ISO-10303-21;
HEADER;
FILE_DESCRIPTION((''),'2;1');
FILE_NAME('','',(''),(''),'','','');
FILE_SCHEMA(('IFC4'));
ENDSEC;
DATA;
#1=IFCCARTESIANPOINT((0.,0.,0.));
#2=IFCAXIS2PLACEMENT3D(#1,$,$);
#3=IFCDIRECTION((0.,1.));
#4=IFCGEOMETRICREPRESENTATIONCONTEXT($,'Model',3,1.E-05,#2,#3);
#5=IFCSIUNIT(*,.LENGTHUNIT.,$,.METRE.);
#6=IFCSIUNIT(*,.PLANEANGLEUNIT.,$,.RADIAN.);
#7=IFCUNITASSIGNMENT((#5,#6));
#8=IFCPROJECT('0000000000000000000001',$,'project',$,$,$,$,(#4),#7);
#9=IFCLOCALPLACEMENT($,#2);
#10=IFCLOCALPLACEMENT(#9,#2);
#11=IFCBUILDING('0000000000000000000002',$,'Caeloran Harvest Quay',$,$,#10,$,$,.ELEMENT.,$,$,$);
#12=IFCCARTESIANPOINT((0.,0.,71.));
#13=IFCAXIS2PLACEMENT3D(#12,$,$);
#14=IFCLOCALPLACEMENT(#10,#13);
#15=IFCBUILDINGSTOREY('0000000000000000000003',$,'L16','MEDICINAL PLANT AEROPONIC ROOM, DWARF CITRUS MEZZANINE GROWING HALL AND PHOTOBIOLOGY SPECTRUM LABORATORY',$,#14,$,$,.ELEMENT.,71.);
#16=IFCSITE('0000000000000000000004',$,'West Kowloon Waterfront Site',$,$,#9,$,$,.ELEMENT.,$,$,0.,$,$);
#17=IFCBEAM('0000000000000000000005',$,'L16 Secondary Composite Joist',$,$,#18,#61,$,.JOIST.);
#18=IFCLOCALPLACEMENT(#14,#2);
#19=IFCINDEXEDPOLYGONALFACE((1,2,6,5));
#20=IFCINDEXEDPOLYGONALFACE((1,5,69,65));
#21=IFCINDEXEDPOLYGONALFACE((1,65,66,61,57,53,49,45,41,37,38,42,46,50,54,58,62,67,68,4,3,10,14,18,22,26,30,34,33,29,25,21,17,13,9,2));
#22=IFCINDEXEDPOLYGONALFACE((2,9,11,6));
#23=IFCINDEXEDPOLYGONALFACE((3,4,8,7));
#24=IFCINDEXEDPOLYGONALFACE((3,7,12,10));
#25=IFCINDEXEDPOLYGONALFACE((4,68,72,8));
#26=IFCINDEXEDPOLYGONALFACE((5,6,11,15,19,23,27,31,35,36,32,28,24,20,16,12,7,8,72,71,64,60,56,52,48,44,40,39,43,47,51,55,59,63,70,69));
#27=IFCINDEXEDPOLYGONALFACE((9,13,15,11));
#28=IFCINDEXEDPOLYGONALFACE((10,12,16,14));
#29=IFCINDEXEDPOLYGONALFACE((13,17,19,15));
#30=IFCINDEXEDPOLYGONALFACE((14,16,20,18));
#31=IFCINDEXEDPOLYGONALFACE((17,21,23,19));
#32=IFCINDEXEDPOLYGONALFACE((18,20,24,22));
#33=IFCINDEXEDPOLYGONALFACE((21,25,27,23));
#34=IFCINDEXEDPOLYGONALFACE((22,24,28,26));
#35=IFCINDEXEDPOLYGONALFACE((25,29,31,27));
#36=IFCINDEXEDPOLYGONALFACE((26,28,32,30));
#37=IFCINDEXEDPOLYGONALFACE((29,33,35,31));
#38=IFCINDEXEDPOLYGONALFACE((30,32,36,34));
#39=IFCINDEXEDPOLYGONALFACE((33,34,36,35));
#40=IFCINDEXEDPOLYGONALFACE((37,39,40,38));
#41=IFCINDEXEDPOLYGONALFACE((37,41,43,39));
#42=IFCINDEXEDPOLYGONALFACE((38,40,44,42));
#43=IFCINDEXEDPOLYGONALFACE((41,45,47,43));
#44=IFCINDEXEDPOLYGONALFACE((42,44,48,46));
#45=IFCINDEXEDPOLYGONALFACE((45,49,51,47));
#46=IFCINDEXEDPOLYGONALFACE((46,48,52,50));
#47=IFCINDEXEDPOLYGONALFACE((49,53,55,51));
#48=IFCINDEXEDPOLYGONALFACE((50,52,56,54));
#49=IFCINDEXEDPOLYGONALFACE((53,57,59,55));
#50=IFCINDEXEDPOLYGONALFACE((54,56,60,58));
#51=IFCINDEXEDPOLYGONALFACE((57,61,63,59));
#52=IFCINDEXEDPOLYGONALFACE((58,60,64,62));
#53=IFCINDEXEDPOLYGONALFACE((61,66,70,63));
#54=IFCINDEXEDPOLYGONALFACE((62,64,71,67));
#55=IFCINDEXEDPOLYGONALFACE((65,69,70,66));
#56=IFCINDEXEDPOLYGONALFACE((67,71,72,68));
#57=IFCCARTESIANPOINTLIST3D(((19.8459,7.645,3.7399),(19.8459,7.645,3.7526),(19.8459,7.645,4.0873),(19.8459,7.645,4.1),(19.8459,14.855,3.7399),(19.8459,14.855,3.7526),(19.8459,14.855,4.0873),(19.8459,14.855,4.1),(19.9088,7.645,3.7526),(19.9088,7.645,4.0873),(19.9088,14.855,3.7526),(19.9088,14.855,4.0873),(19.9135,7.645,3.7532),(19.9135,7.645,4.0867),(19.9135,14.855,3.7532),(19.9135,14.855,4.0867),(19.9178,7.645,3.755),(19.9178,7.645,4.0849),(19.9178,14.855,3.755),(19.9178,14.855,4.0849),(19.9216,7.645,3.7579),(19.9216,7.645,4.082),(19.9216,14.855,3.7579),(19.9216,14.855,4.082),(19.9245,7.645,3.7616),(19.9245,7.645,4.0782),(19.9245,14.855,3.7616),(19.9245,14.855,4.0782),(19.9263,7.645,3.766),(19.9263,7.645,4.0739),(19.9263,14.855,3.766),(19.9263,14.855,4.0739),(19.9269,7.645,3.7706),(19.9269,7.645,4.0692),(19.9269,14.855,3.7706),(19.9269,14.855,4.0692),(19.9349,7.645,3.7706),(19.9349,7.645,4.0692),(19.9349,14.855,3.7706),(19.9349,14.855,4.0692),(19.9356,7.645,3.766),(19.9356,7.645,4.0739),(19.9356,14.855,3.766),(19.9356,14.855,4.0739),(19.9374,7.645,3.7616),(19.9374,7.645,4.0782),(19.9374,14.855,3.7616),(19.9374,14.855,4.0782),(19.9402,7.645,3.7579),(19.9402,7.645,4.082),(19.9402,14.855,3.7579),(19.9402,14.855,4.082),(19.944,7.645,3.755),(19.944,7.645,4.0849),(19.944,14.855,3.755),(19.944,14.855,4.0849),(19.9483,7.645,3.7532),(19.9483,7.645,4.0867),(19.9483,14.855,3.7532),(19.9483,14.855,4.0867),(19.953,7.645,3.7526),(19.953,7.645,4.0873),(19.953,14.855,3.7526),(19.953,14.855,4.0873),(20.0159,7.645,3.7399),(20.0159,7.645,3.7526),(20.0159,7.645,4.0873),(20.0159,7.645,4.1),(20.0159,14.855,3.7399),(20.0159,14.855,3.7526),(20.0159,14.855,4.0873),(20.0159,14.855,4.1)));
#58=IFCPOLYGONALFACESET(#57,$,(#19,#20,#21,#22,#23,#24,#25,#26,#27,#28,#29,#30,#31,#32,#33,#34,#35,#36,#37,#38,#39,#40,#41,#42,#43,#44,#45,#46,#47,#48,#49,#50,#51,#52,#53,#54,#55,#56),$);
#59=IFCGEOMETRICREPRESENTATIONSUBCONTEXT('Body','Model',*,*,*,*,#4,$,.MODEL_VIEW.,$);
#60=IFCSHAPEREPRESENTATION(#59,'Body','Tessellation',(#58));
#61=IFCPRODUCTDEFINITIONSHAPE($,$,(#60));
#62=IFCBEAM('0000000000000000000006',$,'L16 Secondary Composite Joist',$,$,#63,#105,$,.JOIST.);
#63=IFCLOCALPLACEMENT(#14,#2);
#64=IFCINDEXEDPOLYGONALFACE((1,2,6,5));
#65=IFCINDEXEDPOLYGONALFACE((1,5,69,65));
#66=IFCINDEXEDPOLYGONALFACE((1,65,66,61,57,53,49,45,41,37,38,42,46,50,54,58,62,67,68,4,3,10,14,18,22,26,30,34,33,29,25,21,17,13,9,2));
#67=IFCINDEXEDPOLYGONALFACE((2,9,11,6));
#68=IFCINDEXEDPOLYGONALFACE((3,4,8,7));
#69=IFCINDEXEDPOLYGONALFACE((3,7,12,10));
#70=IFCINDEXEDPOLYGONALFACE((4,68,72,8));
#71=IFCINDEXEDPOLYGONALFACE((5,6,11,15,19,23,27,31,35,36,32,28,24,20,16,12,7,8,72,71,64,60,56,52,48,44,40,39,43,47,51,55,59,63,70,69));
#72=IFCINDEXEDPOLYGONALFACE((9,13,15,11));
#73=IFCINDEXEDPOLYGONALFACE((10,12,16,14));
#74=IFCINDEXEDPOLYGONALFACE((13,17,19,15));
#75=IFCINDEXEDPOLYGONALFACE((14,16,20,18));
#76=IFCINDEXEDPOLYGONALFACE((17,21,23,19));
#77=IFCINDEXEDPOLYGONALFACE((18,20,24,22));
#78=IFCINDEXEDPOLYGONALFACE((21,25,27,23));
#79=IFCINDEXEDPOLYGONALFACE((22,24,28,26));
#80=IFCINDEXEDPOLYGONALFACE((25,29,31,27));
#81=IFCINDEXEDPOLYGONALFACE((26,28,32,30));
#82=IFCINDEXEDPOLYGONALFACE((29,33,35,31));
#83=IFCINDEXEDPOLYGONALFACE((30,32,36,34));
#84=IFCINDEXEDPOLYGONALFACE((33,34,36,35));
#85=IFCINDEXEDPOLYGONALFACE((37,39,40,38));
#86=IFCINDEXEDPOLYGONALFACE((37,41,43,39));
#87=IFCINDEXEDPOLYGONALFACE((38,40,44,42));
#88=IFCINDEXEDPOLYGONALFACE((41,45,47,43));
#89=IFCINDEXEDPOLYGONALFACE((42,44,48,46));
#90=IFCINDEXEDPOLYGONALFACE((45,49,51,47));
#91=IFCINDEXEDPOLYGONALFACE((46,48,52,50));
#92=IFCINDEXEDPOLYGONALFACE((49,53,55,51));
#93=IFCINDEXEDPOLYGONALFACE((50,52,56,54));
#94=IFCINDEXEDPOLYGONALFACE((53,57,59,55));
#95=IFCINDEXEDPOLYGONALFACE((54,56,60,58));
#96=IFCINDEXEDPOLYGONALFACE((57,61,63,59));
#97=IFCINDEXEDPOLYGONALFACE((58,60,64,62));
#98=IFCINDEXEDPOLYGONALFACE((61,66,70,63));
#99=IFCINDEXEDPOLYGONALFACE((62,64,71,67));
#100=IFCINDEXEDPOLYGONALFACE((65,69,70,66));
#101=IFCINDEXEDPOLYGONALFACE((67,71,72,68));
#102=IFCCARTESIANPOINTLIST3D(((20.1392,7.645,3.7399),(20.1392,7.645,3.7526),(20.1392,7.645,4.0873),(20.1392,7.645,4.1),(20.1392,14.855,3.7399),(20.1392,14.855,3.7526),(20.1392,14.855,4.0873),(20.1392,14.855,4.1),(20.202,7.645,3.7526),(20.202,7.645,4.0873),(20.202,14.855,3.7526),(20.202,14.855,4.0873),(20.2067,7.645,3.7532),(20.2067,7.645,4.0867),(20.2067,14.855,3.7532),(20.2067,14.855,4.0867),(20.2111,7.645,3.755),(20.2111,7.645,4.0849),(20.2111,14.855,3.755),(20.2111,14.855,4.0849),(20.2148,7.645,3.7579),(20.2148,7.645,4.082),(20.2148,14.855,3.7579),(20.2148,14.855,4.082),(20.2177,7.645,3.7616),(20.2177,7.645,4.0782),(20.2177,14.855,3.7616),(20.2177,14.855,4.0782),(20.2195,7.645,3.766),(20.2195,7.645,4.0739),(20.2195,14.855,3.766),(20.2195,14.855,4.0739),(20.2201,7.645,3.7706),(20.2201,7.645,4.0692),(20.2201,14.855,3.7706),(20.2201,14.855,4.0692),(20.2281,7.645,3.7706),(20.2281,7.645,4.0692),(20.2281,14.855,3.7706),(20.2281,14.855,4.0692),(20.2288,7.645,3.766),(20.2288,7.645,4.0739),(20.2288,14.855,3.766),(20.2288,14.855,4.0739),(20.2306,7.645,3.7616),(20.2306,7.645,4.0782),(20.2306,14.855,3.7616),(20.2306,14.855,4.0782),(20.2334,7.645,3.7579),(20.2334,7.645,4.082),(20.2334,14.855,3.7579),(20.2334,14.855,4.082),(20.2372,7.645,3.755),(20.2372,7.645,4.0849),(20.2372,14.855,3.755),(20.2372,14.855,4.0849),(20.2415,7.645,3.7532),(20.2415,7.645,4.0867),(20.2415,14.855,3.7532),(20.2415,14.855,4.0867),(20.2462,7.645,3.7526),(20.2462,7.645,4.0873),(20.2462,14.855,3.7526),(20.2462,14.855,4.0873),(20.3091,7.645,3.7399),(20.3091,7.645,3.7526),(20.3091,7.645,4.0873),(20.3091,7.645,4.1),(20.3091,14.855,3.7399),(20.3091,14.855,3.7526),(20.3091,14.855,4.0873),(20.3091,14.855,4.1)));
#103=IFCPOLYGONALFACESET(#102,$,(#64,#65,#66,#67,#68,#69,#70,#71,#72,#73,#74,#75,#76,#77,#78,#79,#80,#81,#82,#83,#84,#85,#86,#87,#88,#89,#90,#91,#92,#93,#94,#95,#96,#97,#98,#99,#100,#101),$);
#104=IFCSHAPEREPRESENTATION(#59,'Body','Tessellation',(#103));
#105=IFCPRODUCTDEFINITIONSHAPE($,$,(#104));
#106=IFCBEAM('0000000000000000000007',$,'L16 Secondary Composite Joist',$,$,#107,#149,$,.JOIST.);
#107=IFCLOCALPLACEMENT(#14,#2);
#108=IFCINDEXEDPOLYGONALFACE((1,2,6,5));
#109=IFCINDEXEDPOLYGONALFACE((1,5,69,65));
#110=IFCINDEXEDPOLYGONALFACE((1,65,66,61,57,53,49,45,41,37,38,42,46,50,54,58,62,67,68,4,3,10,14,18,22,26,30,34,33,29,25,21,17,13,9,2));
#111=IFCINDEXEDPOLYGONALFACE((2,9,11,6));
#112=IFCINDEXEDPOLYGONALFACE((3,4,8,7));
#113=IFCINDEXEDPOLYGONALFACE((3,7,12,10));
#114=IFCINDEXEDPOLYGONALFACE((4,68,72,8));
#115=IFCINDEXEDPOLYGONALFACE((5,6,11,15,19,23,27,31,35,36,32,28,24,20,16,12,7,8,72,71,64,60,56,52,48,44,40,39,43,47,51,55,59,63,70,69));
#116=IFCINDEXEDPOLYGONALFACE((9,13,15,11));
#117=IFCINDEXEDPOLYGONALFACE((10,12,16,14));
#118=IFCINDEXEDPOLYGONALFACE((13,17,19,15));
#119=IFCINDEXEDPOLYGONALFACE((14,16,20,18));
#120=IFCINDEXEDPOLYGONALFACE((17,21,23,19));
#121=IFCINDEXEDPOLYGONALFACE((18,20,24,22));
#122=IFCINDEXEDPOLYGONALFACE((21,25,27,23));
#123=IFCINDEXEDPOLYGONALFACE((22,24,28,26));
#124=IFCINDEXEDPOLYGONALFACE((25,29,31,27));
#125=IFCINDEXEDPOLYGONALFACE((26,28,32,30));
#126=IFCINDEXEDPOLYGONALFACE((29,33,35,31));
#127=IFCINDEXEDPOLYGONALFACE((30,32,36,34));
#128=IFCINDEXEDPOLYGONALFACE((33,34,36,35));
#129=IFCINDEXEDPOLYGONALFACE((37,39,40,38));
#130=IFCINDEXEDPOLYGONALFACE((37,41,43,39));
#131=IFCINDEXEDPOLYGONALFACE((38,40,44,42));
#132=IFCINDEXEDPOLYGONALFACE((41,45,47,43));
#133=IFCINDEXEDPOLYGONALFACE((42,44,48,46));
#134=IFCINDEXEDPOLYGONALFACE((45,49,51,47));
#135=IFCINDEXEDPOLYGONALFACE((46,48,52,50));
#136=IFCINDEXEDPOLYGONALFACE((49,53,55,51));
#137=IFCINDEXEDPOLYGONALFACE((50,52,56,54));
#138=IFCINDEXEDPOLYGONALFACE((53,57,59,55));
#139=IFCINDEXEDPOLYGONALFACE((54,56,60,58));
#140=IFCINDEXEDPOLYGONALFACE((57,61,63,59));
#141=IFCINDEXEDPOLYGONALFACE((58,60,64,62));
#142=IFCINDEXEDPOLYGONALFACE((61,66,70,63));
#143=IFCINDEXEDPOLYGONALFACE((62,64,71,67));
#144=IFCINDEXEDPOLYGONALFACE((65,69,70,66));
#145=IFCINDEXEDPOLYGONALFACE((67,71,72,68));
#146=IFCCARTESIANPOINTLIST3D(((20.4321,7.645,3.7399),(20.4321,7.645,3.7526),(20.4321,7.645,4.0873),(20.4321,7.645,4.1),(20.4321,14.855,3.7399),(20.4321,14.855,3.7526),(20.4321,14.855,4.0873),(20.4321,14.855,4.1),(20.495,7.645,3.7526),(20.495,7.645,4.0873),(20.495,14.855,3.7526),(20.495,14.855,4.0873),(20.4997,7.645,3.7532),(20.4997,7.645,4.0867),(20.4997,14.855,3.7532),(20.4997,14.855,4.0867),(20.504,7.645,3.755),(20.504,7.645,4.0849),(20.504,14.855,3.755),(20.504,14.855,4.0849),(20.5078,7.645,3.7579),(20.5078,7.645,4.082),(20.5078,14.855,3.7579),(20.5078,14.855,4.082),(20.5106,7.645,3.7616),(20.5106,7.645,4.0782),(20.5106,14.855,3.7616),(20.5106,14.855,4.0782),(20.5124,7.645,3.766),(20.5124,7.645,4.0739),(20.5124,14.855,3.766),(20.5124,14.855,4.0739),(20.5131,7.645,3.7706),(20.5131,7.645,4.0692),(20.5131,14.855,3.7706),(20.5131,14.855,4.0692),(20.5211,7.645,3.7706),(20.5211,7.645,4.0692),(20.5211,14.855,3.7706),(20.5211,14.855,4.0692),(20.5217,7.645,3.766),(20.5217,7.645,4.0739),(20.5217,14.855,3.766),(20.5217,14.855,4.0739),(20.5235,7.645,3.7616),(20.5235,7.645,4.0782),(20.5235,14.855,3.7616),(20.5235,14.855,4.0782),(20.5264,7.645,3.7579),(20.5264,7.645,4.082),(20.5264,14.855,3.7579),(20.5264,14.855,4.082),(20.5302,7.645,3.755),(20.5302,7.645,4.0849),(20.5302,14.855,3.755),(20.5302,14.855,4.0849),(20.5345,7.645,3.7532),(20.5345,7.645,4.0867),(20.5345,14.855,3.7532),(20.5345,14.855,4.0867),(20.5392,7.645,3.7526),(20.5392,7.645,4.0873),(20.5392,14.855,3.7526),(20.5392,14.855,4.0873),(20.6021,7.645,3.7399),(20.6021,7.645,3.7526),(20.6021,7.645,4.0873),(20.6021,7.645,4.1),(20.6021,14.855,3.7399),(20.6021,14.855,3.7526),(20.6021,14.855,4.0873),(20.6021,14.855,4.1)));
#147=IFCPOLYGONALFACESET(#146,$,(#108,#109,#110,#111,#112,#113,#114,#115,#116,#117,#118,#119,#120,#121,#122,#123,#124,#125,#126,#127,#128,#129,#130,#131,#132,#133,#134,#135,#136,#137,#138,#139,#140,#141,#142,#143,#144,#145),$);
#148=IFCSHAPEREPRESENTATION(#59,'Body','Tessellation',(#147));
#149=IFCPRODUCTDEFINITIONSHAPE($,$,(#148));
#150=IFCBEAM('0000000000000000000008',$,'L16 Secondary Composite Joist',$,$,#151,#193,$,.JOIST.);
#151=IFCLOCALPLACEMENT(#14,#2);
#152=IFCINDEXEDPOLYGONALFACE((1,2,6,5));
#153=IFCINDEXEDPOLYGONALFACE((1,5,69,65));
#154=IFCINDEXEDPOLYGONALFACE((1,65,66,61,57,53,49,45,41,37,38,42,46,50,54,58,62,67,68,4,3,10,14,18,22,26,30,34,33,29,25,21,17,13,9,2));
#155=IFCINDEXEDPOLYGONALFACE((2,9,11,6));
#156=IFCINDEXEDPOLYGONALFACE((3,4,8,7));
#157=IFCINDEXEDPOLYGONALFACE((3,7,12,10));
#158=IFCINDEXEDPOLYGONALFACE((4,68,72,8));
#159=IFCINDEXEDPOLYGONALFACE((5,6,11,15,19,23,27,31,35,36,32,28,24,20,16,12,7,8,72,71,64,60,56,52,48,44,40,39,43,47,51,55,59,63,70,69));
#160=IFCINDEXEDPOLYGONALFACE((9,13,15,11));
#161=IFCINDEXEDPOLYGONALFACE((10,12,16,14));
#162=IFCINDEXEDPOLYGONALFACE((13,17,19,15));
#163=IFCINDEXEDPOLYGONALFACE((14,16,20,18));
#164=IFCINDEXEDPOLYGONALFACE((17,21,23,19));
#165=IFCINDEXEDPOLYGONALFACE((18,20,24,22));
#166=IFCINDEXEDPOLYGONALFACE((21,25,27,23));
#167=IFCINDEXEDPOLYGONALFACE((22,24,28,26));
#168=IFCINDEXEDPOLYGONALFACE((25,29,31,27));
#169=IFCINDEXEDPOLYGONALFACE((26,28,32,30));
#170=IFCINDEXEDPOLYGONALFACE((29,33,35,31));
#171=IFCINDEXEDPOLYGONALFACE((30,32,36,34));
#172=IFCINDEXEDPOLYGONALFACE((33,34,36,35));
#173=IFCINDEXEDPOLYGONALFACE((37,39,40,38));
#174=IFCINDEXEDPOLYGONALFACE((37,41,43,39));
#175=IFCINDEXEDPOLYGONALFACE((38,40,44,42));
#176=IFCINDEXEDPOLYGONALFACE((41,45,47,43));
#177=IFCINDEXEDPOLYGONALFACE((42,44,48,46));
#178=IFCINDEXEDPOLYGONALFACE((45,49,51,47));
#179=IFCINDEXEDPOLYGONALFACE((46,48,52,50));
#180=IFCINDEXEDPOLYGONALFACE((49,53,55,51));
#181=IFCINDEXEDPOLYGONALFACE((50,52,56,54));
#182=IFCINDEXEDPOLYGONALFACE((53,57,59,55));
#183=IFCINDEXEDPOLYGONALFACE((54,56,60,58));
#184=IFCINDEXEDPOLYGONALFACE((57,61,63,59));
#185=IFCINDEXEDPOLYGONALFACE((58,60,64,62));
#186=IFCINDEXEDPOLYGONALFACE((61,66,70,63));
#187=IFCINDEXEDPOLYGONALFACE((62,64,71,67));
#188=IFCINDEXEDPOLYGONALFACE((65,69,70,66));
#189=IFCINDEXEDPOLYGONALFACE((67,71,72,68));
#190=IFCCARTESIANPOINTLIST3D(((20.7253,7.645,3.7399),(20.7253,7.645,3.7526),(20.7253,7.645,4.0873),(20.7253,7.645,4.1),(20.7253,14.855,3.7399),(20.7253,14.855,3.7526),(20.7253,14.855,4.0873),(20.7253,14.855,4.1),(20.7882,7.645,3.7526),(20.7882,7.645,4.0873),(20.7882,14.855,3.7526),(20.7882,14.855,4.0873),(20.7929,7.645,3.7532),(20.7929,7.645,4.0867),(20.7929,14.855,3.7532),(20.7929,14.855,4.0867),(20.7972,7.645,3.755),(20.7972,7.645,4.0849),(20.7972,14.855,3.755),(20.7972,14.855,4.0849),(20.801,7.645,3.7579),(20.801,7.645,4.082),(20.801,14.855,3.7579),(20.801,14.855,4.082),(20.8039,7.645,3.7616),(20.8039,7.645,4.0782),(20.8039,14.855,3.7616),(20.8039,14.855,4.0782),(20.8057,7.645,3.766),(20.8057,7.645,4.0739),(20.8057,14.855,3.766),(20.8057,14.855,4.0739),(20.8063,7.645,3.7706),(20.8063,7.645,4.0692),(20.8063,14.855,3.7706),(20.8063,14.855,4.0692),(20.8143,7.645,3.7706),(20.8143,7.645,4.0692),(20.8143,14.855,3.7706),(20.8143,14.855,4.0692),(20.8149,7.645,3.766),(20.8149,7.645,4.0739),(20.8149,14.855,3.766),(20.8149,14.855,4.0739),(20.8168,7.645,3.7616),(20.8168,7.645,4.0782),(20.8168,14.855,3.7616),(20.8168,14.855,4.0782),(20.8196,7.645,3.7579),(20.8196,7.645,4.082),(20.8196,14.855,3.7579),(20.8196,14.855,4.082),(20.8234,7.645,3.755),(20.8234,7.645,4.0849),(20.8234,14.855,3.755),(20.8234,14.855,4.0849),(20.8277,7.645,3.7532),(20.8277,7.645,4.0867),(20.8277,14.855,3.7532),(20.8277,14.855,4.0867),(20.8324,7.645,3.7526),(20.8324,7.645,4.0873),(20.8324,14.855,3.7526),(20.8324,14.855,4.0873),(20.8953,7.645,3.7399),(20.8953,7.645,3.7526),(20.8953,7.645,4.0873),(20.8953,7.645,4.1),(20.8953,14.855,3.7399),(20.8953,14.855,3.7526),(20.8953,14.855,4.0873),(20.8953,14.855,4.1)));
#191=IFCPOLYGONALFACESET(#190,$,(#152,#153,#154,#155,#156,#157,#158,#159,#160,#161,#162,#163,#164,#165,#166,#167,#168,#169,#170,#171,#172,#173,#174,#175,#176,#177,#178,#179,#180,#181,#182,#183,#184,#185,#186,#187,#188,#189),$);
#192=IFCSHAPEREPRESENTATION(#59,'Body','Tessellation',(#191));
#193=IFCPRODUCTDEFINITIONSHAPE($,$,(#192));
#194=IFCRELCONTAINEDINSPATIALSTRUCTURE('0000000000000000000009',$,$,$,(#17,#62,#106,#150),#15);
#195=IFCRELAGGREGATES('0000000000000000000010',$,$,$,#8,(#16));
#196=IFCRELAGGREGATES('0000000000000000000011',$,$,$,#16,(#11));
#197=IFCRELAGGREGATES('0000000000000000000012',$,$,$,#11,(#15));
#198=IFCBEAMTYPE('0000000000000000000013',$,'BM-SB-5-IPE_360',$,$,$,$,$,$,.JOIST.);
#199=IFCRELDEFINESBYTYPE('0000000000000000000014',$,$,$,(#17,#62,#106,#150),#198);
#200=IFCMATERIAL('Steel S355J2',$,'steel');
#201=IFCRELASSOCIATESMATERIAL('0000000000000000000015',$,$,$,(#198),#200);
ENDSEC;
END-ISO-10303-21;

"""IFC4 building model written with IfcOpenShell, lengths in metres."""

from ifc_helpers import new_model, si_unit, direction, frame, origin, origin_2d, place, context, subcontext, project, spatial, i_section, extrude, material, material_profile, profile_set, type_object, element, save


model = new_model("IFC4")

# Units and contexts
model_context = context("Model", 3, precision=1e-05, world=origin(), true_north=direction((0.0, 1.0)))
body_context = subcontext(model_context, "Body", "Model", "MODEL_VIEW")
ifc_project = project(units=[si_unit("LENGTHUNIT", "METRE"), si_unit("PLANEANGLEUNIT", "RADIAN")], contexts=[model_context])

# Site, building, storey
site_placement = place(None, origin())
site = spatial("IfcSite", under=ifc_project, at=site_placement, Name="West Kowloon Waterfront Site", CompositionType="ELEMENT", RefElevation=0.0)
building_placement = place(site_placement, origin())
building = spatial("IfcBuilding", under=site, at=building_placement, Name="Caeloran Harvest Quay", CompositionType="ELEMENT")
storey_placement = place(building_placement, frame((0.0, 0.0, 71.0)))
storey = spatial("IfcBuildingStorey", under=building, at=storey_placement, Name="L16", Description="MEDICINAL PLANT AEROPONIC ROOM, DWARF CITRUS MEZZANINE GROWING HALL AND PHOTOBIOLOGY SPECTRUM LABORATORY", CompositionType="ELEMENT", Elevation=71.0)

# Beams
ifc_material_1 = material(Name="Steel S355J2", Category="steel")
ifc_material_profile_1 = material_profile(ifc_material_1, i_section(OverallWidth=0.1699, OverallDepth=0.3601, WebThickness=0.0081, FlangeThickness=0.0127, FilletRadius=0.0181, at=origin_2d()), Name="IPE 360")
ifc_profile_set_1 = profile_set([ifc_material_profile_1], Name="Steel S355J2")
beam_type_1 = type_object("IfcBeamType", Name="BM-SB-5-IPE_360", PredefinedType="JOIST", material=ifc_profile_set_1)
for number, where, z_axis, x_axis, name in (
    (1, (19.9309, 7.645, 3.9199), (0.0, 1.0, 0.0), (-1.0, 0.0, 0.0), "L16 Secondary Composite Joist"),
    (2, (20.2241, 7.645, 3.9199), (0.0, 1.0, 0.0), (-1.0, 0.0, 0.0), "L16 Secondary Composite Joist"),
    (3, (20.5171, 7.645, 3.9199), (0.0, 1.0, 0.0), (-1.0, 0.0, 0.0), "L16 Secondary Composite Joist"),
    (4, (20.8103, 7.645, 3.9199), (0.0, 1.0, 0.0), (-1.0, 0.0, 0.0), "L16 Secondary Composite Joist"),
):
    element("IfcBeam", number, at=place(storey_placement, frame(where, z_axis=z_axis, x_axis=x_axis)), inside=storey, type_object=beam_type_1, Name=name, PredefinedType="JOIST", context=body_context, shape_type="SweptSolid", body=[
        extrude(i_section(OverallWidth=0.1699, OverallDepth=0.3601, WebThickness=0.0081, FlangeThickness=0.0127, FilletRadius=0.0181, at=origin_2d()), origin(), (0.0, 0.0, 1.0), 7.21),
    ])

save(model, "model.ifc")
